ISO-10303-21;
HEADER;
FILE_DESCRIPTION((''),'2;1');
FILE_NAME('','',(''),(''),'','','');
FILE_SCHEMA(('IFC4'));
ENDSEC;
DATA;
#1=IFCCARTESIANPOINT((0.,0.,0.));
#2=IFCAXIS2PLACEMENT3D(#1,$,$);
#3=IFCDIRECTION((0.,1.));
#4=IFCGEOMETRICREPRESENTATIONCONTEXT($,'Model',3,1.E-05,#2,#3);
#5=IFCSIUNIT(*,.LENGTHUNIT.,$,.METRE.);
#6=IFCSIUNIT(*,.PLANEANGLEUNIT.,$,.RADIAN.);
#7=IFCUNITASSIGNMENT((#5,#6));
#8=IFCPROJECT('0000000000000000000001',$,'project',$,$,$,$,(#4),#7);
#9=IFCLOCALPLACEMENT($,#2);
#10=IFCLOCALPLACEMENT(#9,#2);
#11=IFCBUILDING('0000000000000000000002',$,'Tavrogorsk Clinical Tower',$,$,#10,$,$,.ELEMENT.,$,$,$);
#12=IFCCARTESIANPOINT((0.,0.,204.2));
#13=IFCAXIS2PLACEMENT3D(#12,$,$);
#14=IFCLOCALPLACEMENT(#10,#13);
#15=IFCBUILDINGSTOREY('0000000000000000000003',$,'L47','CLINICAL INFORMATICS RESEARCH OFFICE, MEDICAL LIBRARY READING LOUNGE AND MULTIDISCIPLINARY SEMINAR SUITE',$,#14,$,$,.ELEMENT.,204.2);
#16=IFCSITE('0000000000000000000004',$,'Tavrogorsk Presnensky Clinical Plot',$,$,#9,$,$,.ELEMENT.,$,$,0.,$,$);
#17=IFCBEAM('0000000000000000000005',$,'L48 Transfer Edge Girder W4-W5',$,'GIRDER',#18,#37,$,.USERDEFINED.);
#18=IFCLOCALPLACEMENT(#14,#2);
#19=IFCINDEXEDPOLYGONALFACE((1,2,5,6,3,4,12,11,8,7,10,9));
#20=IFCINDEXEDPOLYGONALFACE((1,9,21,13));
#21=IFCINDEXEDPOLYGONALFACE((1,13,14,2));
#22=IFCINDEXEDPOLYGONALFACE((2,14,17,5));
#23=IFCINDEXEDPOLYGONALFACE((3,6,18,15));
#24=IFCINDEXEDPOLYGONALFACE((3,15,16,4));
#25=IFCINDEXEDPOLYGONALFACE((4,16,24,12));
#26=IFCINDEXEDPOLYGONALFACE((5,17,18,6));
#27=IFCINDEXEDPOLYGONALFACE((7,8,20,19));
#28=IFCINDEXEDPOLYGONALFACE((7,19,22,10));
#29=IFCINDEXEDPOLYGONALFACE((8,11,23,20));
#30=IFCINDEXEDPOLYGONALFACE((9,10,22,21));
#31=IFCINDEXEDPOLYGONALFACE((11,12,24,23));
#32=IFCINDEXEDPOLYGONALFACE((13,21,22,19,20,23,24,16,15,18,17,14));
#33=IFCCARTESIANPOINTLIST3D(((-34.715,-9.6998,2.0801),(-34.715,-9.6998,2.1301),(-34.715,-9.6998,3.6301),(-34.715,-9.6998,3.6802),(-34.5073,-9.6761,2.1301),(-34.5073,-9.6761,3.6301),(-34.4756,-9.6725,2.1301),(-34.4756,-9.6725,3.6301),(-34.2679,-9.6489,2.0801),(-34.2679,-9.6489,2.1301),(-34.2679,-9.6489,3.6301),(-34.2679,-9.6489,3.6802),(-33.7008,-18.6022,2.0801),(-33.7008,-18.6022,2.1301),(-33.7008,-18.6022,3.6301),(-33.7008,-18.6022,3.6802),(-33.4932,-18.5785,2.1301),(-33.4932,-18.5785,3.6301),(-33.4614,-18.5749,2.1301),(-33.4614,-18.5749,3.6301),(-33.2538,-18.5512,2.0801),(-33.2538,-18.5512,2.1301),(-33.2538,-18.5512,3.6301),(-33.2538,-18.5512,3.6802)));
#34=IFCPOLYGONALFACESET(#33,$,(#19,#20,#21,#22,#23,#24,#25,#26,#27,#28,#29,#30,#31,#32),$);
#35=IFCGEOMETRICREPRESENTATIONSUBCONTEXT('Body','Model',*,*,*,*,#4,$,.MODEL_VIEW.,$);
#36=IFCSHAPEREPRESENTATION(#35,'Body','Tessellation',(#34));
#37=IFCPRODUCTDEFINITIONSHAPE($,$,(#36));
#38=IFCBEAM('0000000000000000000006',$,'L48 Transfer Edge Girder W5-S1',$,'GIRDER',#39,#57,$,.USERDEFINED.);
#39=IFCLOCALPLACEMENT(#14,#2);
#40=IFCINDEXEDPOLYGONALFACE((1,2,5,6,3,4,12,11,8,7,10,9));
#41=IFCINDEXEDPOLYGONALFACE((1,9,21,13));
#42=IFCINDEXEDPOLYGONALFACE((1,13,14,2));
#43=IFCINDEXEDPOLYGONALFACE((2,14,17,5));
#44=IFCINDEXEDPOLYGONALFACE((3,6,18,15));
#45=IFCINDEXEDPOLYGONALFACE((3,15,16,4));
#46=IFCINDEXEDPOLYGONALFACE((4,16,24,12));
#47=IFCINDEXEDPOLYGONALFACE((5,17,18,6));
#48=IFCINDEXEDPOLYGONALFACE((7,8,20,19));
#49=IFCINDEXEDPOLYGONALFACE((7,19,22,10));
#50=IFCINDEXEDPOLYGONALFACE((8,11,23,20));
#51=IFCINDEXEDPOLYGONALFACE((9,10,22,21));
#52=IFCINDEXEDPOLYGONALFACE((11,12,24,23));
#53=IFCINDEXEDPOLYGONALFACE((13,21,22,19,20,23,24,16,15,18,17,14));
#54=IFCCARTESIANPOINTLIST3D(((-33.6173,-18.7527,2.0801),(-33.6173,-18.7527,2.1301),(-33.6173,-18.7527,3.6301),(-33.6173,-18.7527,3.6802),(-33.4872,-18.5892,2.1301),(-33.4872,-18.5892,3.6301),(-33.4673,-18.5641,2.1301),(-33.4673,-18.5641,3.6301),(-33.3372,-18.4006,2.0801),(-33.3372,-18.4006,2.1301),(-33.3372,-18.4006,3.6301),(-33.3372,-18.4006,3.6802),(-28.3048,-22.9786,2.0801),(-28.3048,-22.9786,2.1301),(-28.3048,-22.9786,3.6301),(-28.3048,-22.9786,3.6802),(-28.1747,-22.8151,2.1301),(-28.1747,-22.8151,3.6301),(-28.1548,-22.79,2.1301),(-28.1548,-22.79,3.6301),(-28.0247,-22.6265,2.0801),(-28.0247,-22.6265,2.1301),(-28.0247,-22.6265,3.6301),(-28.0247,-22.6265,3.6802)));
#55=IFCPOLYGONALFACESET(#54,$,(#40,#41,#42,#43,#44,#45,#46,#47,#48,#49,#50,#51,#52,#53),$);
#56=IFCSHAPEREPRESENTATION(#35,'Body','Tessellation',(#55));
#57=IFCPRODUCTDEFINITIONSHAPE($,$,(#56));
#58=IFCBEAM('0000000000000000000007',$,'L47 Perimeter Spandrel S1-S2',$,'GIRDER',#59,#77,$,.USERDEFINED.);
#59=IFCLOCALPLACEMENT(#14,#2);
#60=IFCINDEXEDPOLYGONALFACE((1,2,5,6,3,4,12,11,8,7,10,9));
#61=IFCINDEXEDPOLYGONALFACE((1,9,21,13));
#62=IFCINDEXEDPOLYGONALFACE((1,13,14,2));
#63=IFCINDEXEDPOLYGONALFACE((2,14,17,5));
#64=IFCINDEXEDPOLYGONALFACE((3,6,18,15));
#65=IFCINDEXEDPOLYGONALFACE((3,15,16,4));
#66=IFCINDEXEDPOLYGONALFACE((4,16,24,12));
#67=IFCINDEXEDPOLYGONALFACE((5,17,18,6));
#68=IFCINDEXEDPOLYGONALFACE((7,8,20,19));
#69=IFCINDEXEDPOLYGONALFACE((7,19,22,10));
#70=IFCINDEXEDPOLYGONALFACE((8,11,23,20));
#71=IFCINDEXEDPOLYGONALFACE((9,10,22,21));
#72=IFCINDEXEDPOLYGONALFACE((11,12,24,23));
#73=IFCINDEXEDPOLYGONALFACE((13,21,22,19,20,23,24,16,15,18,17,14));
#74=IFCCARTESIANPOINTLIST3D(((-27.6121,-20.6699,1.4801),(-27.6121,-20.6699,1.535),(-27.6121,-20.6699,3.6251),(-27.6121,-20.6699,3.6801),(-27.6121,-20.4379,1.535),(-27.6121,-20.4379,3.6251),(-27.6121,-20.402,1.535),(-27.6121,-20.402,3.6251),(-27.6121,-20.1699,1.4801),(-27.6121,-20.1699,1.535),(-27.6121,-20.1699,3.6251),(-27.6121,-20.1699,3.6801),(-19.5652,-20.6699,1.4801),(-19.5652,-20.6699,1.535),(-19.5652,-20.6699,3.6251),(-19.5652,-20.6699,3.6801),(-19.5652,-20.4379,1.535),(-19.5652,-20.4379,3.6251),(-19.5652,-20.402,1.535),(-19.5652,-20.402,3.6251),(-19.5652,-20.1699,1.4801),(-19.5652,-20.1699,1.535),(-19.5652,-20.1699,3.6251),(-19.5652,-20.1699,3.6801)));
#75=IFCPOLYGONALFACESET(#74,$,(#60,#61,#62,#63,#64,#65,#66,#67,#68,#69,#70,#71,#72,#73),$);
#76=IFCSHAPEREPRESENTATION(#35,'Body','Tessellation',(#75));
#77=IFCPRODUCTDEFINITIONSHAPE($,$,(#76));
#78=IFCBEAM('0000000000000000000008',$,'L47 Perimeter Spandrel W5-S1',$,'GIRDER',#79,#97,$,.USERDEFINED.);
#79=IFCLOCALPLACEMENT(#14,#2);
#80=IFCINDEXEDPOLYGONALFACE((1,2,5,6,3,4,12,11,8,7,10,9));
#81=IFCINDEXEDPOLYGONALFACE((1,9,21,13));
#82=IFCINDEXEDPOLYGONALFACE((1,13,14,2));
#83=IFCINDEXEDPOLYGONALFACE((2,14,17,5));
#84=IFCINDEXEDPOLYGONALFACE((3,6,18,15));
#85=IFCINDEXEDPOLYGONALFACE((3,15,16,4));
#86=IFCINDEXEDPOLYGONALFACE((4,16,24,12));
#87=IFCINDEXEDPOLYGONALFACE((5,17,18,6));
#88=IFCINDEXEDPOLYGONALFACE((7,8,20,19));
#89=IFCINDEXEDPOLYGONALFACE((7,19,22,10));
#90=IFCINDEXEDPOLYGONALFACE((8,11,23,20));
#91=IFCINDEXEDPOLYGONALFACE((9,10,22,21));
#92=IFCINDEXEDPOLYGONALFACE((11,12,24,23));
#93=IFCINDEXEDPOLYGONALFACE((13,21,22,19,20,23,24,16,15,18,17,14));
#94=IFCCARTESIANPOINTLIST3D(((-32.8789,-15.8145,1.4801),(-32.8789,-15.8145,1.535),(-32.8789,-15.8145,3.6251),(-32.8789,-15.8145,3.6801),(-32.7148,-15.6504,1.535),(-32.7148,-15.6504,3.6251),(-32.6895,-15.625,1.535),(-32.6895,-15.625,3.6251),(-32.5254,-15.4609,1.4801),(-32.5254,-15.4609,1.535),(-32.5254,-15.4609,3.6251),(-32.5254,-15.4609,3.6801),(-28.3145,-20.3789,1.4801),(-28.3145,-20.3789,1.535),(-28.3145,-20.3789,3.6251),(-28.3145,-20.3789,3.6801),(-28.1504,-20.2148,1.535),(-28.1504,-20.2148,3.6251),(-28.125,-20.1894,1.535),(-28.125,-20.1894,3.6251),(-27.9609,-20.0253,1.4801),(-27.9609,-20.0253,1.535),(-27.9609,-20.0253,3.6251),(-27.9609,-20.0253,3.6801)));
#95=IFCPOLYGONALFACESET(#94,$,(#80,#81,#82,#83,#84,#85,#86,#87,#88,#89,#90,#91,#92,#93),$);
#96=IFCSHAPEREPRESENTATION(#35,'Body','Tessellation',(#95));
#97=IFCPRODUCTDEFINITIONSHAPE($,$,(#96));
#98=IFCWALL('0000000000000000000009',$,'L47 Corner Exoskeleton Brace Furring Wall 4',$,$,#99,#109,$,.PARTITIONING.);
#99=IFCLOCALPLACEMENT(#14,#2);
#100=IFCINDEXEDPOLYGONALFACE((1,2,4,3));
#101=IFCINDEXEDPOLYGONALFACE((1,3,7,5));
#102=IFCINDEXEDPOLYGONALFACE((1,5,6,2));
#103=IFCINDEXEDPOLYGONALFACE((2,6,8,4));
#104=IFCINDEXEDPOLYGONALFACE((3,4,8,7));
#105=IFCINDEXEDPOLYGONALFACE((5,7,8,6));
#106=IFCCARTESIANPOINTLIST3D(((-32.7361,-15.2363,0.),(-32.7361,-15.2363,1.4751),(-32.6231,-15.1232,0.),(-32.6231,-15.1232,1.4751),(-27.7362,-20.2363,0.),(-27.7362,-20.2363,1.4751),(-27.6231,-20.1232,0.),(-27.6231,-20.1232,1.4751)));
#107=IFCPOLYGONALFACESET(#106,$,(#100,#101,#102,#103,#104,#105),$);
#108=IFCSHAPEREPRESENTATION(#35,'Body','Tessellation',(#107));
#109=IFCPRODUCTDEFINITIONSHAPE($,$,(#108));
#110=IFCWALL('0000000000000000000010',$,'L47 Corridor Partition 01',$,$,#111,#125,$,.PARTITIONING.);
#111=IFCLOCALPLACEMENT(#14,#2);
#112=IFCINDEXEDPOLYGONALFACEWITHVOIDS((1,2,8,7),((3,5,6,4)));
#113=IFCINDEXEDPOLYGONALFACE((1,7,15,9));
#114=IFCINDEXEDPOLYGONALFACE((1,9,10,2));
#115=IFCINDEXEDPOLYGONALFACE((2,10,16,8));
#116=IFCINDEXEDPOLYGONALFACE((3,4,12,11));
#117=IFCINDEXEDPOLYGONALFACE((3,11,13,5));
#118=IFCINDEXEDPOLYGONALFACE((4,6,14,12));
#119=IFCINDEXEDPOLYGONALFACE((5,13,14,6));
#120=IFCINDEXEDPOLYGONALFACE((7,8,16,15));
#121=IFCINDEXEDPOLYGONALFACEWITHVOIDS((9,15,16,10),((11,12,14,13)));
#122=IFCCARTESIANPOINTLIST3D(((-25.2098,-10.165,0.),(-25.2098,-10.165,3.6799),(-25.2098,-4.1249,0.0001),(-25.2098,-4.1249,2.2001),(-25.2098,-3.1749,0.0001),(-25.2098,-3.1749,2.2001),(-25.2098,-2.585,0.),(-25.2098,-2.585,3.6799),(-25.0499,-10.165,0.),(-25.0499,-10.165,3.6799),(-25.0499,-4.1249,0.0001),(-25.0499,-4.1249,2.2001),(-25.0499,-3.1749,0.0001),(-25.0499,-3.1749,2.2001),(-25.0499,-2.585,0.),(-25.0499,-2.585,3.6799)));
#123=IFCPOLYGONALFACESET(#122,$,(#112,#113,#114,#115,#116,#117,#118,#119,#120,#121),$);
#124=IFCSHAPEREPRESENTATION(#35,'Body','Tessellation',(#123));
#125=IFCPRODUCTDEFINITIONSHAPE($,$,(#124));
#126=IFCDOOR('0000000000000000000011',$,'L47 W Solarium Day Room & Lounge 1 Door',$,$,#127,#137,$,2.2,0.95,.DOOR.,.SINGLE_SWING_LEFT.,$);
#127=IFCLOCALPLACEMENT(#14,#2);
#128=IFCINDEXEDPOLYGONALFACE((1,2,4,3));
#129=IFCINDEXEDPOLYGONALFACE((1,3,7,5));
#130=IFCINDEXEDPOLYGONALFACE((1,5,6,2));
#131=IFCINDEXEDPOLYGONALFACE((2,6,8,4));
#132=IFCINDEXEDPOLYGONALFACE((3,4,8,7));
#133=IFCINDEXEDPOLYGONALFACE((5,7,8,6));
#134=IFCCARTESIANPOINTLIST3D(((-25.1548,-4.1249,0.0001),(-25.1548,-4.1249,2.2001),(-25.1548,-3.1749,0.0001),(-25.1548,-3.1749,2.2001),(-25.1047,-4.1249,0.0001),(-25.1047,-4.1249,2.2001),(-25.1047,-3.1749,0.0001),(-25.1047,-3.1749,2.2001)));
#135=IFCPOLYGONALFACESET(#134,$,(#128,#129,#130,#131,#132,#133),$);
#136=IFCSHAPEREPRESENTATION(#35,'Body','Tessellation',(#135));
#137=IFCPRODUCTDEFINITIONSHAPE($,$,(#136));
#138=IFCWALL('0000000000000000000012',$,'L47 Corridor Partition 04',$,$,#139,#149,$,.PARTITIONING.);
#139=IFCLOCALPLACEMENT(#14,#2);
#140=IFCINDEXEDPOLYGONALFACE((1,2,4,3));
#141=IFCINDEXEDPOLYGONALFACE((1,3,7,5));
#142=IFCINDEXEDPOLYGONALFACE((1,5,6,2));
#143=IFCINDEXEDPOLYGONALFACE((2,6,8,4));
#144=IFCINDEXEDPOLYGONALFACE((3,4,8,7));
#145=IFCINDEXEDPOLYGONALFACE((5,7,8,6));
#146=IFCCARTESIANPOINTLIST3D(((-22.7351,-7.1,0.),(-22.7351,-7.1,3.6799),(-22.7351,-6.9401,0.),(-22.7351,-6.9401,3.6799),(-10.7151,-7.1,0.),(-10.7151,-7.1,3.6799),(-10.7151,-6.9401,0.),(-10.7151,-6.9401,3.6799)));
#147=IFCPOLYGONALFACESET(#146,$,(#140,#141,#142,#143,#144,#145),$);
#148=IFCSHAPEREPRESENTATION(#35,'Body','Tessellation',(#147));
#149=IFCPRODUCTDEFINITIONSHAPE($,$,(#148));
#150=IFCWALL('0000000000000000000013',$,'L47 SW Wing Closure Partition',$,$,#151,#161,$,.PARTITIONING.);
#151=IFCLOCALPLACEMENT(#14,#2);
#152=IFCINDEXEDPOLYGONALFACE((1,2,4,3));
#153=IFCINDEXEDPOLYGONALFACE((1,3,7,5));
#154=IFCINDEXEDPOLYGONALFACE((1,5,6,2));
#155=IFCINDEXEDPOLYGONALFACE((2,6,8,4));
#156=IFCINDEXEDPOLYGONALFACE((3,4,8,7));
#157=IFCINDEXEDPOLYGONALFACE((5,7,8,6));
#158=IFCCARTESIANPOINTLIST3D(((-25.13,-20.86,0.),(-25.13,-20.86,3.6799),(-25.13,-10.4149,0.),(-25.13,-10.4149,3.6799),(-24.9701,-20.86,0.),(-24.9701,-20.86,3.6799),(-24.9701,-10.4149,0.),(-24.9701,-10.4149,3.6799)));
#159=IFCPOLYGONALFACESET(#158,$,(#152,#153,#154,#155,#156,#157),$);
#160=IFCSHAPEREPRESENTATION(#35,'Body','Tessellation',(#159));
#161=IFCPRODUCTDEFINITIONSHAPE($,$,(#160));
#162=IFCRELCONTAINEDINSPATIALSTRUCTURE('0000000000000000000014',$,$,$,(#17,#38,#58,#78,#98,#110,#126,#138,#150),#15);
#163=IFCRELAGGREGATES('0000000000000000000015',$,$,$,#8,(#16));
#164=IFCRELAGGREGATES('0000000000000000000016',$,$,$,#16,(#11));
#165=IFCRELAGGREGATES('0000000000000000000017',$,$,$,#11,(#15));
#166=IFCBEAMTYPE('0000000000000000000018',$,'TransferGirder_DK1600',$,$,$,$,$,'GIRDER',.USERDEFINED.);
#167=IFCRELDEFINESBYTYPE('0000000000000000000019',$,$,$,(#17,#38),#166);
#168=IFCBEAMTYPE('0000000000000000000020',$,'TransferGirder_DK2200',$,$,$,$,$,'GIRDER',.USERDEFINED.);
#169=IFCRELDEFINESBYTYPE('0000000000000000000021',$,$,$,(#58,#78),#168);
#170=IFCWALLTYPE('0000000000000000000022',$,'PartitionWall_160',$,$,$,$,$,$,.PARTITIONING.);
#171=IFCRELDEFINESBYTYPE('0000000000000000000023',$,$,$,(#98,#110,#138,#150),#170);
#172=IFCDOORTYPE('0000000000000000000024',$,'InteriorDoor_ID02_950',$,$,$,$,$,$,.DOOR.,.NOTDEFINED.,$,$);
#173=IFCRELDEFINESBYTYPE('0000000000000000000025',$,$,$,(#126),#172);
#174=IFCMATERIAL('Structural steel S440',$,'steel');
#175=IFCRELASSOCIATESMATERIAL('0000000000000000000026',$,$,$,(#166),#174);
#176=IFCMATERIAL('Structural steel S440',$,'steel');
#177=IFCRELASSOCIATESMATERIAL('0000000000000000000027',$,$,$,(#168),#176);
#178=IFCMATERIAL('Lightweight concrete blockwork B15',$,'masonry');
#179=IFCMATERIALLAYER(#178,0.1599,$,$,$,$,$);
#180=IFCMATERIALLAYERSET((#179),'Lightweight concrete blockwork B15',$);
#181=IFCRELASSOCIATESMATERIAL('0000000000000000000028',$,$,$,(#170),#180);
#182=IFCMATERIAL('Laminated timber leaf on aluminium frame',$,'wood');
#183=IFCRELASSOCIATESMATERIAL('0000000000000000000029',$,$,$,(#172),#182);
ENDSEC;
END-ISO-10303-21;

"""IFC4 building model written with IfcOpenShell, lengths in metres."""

from ifc_helpers import new_model, si_unit, direction, frame, frame_2d, origin, origin_2d, place, context, subcontext, project, spatial, rectangle, i_section, extrude, material, layer, layer_set, material_profile, profile_set, type_object, element, fill, save


model = new_model("IFC4")

# Units and contexts
model_context = context("Model", 3, precision=1e-05, world=origin(), true_north=direction((0.0, 1.0)))
body_context = subcontext(model_context, "Body", "Model", "MODEL_VIEW")
ifc_project = project(units=[si_unit("LENGTHUNIT", "METRE"), si_unit("PLANEANGLEUNIT", "RADIAN")], contexts=[model_context])

# Site, building, storey
site_placement = place(None, origin())
site = spatial("IfcSite", under=ifc_project, at=site_placement, Name="Tavrogorsk Presnensky Clinical Plot", CompositionType="ELEMENT", RefElevation=0.0)
building_placement = place(site_placement, origin())
building = spatial("IfcBuilding", under=site, at=building_placement, Name="Tavrogorsk Clinical Tower", CompositionType="ELEMENT")
storey_placement = place(building_placement, frame((0.0, 0.0, 204.2)))
storey = spatial("IfcBuildingStorey", under=building, at=storey_placement, Name="L47", Description="CLINICAL INFORMATICS RESEARCH OFFICE, MEDICAL LIBRARY READING LOUNGE AND MULTIDISCIPLINARY SEMINAR SUITE", CompositionType="ELEMENT", Elevation=204.2)

# Beams
ifc_material_1 = material(Name="Structural steel S440", Category="steel")
ifc_material_profile_1 = material_profile(ifc_material_1, i_section(OverallWidth=0.45, OverallDepth=1.6001, WebThickness=0.032, FlangeThickness=0.05, at=origin_2d()), Name="DK-1600x450x32x50")
ifc_profile_set_1 = profile_set([ifc_material_profile_1], Name="Structural steel S440")
beam_type_1 = type_object("IfcBeamType", Name="TransferGirder_DK1600", ElementType="GIRDER", PredefinedType="USERDEFINED", material=ifc_profile_set_1)
beam_1_placement = place(storey_placement, frame((-34.4915, -9.6743, 2.8801), z_axis=(0.113188, -0.993574, 0.0), x_axis=(0.993574, 0.113188, 0.0)))
element("IfcBeam", 1, at=beam_1_placement, inside=storey, type_object=beam_type_1, Name="L48 Transfer Edge Girder W4-W5", ObjectType="GIRDER", PredefinedType="USERDEFINED", context=body_context, shape_type="SweptSolid", body=[
    extrude(i_section(OverallWidth=0.45, OverallDepth=1.6001, WebThickness=0.032, FlangeThickness=0.05, at=origin_2d()), origin(), (0.0, 0.0, 1.0), 8.96),
])
beam_2_placement = place(storey_placement, frame((-33.4773, -18.5767, 2.8801), z_axis=(0.782603, -0.622522, 0.0), x_axis=(0.622522, 0.782603, 0.0)))
element("IfcBeam", 2, at=beam_2_placement, inside=storey, type_object=beam_type_1, Name="L48 Transfer Edge Girder W5-S1", ObjectType="GIRDER", PredefinedType="USERDEFINED", context=body_context, shape_type="SweptSolid", body=[
    extrude(i_section(OverallWidth=0.45, OverallDepth=1.6001, WebThickness=0.032, FlangeThickness=0.05, at=origin_2d()), origin(), (0.0, 0.0, 1.0), 6.7883),
])
ifc_material_2 = material(Name="Structural steel S440", Category="steel")
ifc_material_profile_2 = material_profile(ifc_material_2, i_section(OverallWidth=0.5, OverallDepth=2.2, WebThickness=0.0359, FlangeThickness=0.0549, at=origin_2d()), Name="DK-2200x500x36x55")
ifc_profile_set_2 = profile_set([ifc_material_profile_2], Name="Structural steel S440")
beam_type_2 = type_object("IfcBeamType", Name="TransferGirder_DK2200", ElementType="GIRDER", PredefinedType="USERDEFINED", material=ifc_profile_set_2)
beam_3_placement = place(storey_placement, frame((-27.6121, -20.4199, 2.5801), z_axis=(1.0, 0.0, 0.0), x_axis=(0.0, 1.0, 0.0)))
element("IfcBeam", 3, at=beam_3_placement, inside=storey, type_object=beam_type_2, Name="L47 Perimeter Spandrel S1-S2", ObjectType="GIRDER", PredefinedType="USERDEFINED", context=body_context, shape_type="SweptSolid", body=[
    extrude(i_section(OverallWidth=0.5, OverallDepth=2.2, WebThickness=0.0359, FlangeThickness=0.0549, at=origin_2d()), origin(), (0.0, 0.0, 1.0), 8.0469),
])
beam_4_placement = place(storey_placement, frame((-32.7021, -15.6377, 2.5801), z_axis=(0.707107, -0.707107, 0.0), x_axis=(0.707107, 0.707107, 0.0)))
element("IfcBeam", 4, at=beam_4_placement, inside=storey, type_object=beam_type_2, Name="L47 Perimeter Spandrel W5-S1", ObjectType="GIRDER", PredefinedType="USERDEFINED", context=body_context, shape_type="SweptSolid", body=[
    extrude(i_section(OverallWidth=0.5, OverallDepth=2.2, WebThickness=0.0359, FlangeThickness=0.0549, at=origin_2d()), origin(), (0.0, 0.0, 1.0), 6.4551),
])

# Wall
ifc_material_3 = material(Name="Lightweight concrete blockwork B15", Category="masonry")
ifc_layer_1 = layer(ifc_material_3, 0.1599)
ifc_layer_set_1 = layer_set([ifc_layer_1], Name="Lightweight concrete blockwork B15")
wall_type_1 = type_object("IfcWallType", Name="PartitionWall_160", PredefinedType="PARTITIONING", material=ifc_layer_set_1)
wall_1_placement = place(storey_placement, frame((-32.6797, -15.1797, 0.0), z_axis=(0.0, 0.0, 1.0), x_axis=(0.707107, -0.707107, 0.0)))
element("IfcWall", 5, at=wall_1_placement, inside=storey, type_object=wall_type_1, Name="L47 Corner Exoskeleton Brace Furring Wall 4", PredefinedType="PARTITIONING", context=body_context, shape_type="SweptSolid", body=[
    extrude(rectangle(XDim=7.071, YDim=0.1599, at=frame_2d((3.5356, 0.0))), origin(), (0.0, 0.0, 1.0), 1.4751),
])

# Wall, opening, door
wall_2_placement = place(storey_placement, frame((-25.1299, -10.165, 0.0), z_axis=(0.0, 0.0, 1.0), x_axis=(0.0, 1.0, 0.0)))
wall_2 = element("IfcWall", 6, at=wall_2_placement, inside=storey, type_object=wall_type_1, Name="L47 Corridor Partition 01", PredefinedType="PARTITIONING", context=body_context, shape_type="SweptSolid", body=[
    extrude(rectangle(XDim=7.5801, YDim=0.1599, at=frame_2d((3.79, 0.0))), origin(), (0.0, 0.0, 1.0), 3.6799),
])
opening_1_placement = place(wall_2_placement, frame((6.04, 0.0, 0.0)))
opening_1 = element("IfcOpeningElement", 7, at=opening_1_placement, cuts=wall_2, PredefinedType="OPENING", context=body_context, shape_type="SweptSolid", body=[
    extrude(rectangle(XDim=0.95, YDim=2.2, at=frame_2d((0.4751, 1.1001))), frame((0.0, 0.0898, 0.0), z_axis=(0.0, -1.0, 0.0), x_axis=(1.0, 0.0, 0.0)), (0.0, 0.0, 1.0), 0.1799),
])
ifc_material_4 = material(Name="Laminated timber leaf on aluminium frame", Category="wood")
door_type = type_object("IfcDoorType", Name="InteriorDoor_ID02_950", OperationType="NOTDEFINED", PredefinedType="DOOR", material=ifc_material_4)
door_placement = place(opening_1_placement, origin())
door = element("IfcDoor", 8, at=door_placement, inside=storey, type_object=door_type, Name="L47 W Solarium Day Room & Lounge 1 Door", OperationType="SINGLE_SWING_LEFT", OverallHeight=2.2, OverallWidth=0.95, PredefinedType="DOOR", context=body_context, shape_type="SweptSolid", body=[
    extrude(rectangle(XDim=0.95, YDim=2.2, at=frame_2d((0.4751, 1.1001))), frame((0.0, 0.0249, 0.0), z_axis=(0.0, -1.0, 0.0), x_axis=(1.0, 0.0, 0.0)), (0.0, 0.0, 1.0), 0.05),
])
fill(opening_1, door)

# Walls
wall_3_placement = place(storey_placement, frame((-22.7351, -7.02, 0.0), z_axis=(0.0, 0.0, 1.0), x_axis=(1.0, 0.0, 0.0)))
element("IfcWall", 9, at=wall_3_placement, inside=storey, type_object=wall_type_1, Name="L47 Corridor Partition 04", PredefinedType="PARTITIONING", context=body_context, shape_type="SweptSolid", body=[
    extrude(rectangle(XDim=12.02, YDim=0.1599, at=frame_2d((6.01, 0.0))), origin(), (0.0, 0.0, 1.0), 3.6799),
])
wall_4_placement = place(storey_placement, frame((-25.05, -20.8601, 0.0), z_axis=(0.0, 0.0, 1.0), x_axis=(0.0, 1.0, 0.0)))
element("IfcWall", 10, at=wall_4_placement, inside=storey, type_object=wall_type_1, Name="L47 SW Wing Closure Partition", PredefinedType="PARTITIONING", context=body_context, shape_type="SweptSolid", body=[
    extrude(rectangle(XDim=10.4451, YDim=0.1599, at=frame_2d((5.2227, 0.0))), origin(), (0.0, 0.0, 1.0), 3.6799),
])

save(model, "model.ifc")
